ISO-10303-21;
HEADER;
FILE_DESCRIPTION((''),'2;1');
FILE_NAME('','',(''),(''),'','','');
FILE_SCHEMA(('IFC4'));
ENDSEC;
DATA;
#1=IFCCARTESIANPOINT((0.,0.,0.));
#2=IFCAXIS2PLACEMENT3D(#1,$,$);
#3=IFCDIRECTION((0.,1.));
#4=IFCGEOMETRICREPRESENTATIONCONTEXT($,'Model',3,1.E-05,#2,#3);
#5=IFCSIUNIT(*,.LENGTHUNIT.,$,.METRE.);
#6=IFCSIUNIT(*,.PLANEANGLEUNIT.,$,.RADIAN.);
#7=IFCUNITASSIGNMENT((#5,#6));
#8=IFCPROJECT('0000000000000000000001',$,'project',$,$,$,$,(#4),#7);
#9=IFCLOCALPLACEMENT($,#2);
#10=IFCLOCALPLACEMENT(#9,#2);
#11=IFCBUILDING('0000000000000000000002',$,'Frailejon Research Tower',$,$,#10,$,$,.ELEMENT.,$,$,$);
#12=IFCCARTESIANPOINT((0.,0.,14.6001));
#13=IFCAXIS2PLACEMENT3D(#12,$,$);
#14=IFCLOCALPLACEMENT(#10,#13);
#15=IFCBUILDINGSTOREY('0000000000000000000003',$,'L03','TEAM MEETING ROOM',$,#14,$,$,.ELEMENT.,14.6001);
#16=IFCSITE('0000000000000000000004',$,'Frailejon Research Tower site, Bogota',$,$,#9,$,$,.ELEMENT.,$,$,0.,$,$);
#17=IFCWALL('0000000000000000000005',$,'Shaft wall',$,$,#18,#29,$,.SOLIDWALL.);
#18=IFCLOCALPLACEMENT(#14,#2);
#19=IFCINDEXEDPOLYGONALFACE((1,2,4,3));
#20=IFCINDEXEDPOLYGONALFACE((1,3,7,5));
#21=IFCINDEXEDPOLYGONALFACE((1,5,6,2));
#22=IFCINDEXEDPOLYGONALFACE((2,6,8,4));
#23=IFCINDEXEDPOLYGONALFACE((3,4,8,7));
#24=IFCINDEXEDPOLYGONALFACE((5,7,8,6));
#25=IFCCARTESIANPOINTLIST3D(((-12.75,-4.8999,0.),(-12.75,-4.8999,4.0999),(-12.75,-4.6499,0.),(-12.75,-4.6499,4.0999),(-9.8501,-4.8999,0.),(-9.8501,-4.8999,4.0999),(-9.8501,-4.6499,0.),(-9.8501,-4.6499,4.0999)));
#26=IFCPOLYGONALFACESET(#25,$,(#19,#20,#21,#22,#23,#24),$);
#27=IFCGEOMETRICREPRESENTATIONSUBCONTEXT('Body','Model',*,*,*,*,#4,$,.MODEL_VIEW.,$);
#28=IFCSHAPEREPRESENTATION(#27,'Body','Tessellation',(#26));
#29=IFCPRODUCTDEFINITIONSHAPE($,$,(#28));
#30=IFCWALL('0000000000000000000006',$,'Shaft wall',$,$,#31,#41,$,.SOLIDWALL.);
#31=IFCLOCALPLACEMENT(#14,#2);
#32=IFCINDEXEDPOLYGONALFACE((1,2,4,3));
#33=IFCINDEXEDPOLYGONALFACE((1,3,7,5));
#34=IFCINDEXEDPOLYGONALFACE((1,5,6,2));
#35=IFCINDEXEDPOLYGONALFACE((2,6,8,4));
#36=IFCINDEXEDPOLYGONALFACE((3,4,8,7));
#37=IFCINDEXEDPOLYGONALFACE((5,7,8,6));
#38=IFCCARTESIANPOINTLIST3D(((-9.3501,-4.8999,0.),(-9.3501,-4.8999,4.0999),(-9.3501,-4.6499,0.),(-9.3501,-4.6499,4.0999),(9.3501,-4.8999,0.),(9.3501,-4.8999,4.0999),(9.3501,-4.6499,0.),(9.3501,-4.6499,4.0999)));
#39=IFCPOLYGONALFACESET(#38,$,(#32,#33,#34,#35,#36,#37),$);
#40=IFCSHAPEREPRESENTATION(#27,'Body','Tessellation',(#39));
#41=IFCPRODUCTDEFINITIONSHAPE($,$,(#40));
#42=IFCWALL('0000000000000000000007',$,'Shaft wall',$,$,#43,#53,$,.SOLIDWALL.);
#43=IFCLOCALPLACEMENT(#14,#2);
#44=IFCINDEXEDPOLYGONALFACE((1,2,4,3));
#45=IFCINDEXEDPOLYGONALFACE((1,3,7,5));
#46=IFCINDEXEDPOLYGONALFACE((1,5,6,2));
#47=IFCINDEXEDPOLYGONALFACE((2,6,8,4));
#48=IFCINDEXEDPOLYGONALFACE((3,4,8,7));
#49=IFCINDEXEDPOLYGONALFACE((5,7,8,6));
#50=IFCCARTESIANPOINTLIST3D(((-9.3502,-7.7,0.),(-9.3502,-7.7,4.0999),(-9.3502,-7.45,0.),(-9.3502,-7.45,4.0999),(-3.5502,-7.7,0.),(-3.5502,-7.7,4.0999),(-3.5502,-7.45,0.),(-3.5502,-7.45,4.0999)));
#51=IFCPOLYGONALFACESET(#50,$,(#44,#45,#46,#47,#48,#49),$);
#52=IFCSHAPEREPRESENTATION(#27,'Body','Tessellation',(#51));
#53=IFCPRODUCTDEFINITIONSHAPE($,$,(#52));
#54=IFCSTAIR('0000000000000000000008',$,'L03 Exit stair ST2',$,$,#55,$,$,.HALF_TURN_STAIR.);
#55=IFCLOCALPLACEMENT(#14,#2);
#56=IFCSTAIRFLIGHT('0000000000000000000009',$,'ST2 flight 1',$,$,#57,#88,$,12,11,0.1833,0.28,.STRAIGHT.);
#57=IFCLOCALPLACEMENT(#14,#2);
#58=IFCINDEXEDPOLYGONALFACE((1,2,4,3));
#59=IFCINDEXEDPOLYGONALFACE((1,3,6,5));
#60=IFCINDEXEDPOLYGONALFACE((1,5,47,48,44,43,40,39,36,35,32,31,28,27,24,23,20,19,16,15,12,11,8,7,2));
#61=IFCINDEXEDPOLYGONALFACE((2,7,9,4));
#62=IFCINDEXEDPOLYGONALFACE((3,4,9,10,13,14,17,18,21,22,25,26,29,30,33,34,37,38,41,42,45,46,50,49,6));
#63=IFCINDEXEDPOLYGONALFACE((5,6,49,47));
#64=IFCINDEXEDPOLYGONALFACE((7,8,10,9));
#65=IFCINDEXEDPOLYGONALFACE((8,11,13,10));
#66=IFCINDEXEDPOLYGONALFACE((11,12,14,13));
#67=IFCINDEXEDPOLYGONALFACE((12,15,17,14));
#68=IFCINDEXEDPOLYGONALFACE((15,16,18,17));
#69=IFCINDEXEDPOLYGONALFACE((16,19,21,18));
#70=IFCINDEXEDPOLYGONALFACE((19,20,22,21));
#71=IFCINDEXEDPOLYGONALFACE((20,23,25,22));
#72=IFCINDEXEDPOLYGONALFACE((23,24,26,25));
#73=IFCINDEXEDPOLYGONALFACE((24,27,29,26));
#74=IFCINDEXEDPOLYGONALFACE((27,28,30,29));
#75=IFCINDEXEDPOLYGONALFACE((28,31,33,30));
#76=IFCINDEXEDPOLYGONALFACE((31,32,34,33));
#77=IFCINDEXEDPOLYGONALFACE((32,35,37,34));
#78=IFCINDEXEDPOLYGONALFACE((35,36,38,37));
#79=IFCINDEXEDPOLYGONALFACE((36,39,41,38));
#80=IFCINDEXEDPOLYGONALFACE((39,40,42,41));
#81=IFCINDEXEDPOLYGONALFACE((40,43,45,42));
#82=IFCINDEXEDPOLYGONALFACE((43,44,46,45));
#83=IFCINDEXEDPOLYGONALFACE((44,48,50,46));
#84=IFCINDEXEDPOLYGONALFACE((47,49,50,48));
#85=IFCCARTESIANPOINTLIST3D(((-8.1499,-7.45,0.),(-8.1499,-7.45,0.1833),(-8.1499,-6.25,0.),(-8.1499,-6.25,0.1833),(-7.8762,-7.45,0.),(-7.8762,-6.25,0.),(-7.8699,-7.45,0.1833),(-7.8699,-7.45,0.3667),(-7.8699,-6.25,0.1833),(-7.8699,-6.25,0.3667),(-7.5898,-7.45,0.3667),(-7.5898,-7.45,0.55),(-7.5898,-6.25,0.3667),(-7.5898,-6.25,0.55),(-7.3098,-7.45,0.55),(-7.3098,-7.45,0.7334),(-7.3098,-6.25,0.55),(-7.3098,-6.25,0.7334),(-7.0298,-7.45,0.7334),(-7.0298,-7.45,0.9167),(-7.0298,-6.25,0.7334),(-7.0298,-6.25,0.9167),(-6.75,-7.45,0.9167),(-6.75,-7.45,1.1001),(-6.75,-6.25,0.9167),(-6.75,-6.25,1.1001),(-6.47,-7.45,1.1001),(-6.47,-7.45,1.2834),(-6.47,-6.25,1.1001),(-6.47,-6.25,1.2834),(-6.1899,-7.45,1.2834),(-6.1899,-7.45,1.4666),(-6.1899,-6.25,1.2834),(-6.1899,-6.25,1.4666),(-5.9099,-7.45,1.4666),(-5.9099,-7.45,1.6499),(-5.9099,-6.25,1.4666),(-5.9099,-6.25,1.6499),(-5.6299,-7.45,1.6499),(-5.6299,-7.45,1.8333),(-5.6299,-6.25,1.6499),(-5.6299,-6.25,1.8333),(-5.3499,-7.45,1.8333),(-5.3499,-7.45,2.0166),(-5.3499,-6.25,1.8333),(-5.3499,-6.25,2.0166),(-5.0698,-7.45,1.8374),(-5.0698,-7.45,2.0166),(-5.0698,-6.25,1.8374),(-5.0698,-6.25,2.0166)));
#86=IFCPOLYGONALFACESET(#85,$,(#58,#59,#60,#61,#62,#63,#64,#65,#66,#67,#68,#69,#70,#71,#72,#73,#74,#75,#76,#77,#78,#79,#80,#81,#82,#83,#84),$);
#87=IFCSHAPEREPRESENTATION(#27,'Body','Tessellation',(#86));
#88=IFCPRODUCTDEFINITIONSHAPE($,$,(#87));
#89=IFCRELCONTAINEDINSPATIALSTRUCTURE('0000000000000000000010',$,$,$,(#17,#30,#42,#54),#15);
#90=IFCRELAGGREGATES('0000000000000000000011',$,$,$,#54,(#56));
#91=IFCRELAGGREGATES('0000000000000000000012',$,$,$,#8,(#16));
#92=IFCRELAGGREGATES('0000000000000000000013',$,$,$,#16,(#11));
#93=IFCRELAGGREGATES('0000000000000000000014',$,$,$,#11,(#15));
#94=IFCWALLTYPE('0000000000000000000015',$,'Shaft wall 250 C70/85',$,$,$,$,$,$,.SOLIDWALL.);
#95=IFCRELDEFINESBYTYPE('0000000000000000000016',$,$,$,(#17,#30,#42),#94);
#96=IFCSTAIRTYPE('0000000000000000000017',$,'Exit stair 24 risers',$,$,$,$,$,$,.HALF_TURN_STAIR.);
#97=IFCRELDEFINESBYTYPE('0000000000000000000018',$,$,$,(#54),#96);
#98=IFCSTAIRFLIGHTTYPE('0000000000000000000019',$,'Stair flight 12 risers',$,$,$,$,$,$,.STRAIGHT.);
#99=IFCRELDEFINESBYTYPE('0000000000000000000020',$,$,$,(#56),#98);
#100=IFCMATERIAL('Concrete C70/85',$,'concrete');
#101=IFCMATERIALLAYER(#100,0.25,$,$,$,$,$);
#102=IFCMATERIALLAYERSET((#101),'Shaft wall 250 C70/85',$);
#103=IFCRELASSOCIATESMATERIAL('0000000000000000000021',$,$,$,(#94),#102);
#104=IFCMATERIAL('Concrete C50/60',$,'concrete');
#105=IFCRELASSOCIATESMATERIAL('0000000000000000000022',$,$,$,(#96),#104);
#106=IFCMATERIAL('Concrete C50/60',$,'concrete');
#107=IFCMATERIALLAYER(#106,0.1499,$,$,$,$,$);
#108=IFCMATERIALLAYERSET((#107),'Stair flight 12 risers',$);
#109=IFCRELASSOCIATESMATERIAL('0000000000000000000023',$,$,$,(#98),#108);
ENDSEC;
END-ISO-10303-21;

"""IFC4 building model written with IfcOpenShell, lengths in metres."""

from ifc_helpers import new_model, si_unit, direction, frame, frame_2d, origin, place, context, subcontext, project, spatial, polyline, rectangle, outline, extrude, material, layer, layer_set, type_object, element, aggregate, save


model = new_model("IFC4")

# Units and contexts
model_context = context("Model", 3, precision=1e-05, world=origin(), true_north=direction((0.0, 1.0)))
body_context = subcontext(model_context, "Body", "Model", "MODEL_VIEW")
ifc_project = project(units=[si_unit("LENGTHUNIT", "METRE"), si_unit("PLANEANGLEUNIT", "RADIAN")], contexts=[model_context])

# Site, building, storey
site_placement = place(None, origin())
site = spatial("IfcSite", under=ifc_project, at=site_placement, Name="Frailejon Research Tower site, Bogota", CompositionType="ELEMENT", RefElevation=0.0)
building_placement = place(site_placement, origin())
building = spatial("IfcBuilding", under=site, at=building_placement, Name="Frailejon Research Tower", CompositionType="ELEMENT")
storey_placement = place(building_placement, frame((0.0, 0.0, 14.6001)))
storey = spatial("IfcBuildingStorey", under=building, at=storey_placement, Name="L03", Description="TEAM MEETING ROOM", CompositionType="ELEMENT", Elevation=14.6001)

# Shared definitions
ifc_material_1 = material(Name="Concrete C70/85", Category="concrete")
ifc_layer_1 = layer(ifc_material_1, 0.25)
ifc_layer_set_1 = layer_set([ifc_layer_1], Name="Shaft wall 250 C70/85")
wall_type_1 = type_object("IfcWallType", Name="Shaft wall 250 C70/85", PredefinedType="SOLIDWALL", material=ifc_layer_set_1)

# Walls
wall_1_placement = place(storey_placement, frame((-12.75, -4.7749, 0.0), z_axis=(0.0, 0.0, 1.0), x_axis=(1.0, 0.0, 0.0)))
element("IfcWall", 1, at=wall_1_placement, inside=storey, type_object=wall_type_1, Name="Shaft wall", PredefinedType="SOLIDWALL", context=body_context, shape_type="SweptSolid", body=[
    extrude(rectangle(XDim=2.8999, YDim=0.25, at=frame_2d((1.45, 0.0))), origin(), (0.0, 0.0, 1.0), 4.0999),
])
wall_2_placement = place(storey_placement, frame((-9.3501, -4.7749, 0.0), z_axis=(0.0, 0.0, 1.0), x_axis=(1.0, 0.0, 0.0)))
element("IfcWall", 2, at=wall_2_placement, inside=storey, type_object=wall_type_1, Name="Shaft wall", PredefinedType="SOLIDWALL", context=body_context, shape_type="SweptSolid", body=[
    extrude(rectangle(XDim=18.7002, YDim=0.25, at=frame_2d((9.3501, 0.0))), origin(), (0.0, 0.0, 1.0), 4.0999),
])
wall_3_placement = place(storey_placement, frame((-9.3501, -7.575, 0.0), z_axis=(0.0, 0.0, 1.0), x_axis=(1.0, 0.0, 0.0)))
element("IfcWall", 3, at=wall_3_placement, inside=storey, type_object=wall_type_1, Name="Shaft wall", PredefinedType="SOLIDWALL", context=body_context, shape_type="SweptSolid", body=[
    extrude(rectangle(XDim=5.8, YDim=0.25, at=frame_2d((2.8999, 0.0))), origin(), (0.0, 0.0, 1.0), 4.0999),
])

# Stair, stair flight
ifc_material_2 = material(Name="Concrete C50/60", Category="concrete")
stair_type = type_object("IfcStairType", Name="Exit stair 24 risers", PredefinedType="HALF_TURN_STAIR", material=ifc_material_2)
stair_placement = place(storey_placement, origin())
stair = element("IfcStair", 4, at=stair_placement, inside=storey, type_object=stair_type, Name="L03 Exit stair ST2", PredefinedType="HALF_TURN_STAIR")
ifc_material_3 = material(Name="Concrete C50/60", Category="concrete")
ifc_layer_2 = layer(ifc_material_3, 0.1499)
ifc_layer_set_2 = layer_set([ifc_layer_2], Name="Stair flight 12 risers")
stair_flight_type = type_object("IfcStairFlightType", Name="Stair flight 12 risers", PredefinedType="STRAIGHT", material=ifc_layer_set_2)
stair_flight_placement = place(storey_placement, frame((-8.1499, -6.8501, 0.0), z_axis=(0.0, 0.0, 1.0), x_axis=(1.0, 0.0, 0.0)))
stair_flight = element("IfcStairFlight", 5, at=stair_flight_placement, type_object=stair_flight_type, Name="ST2 flight 1", NumberOfRisers=12, NumberOfTreads=11, PredefinedType="STRAIGHT", RiserHeight=0.1833, TreadLength=0.28, context=body_context, shape_type="SweptSolid", body=[
    extrude(outline(polyline([(0.0, 0.0), (0.0, 0.1833), (0.28, 0.1833), (0.28, 0.3667), (0.5601, 0.3667), (0.5601, 0.55), (0.8401, 0.55), (0.8401, 0.7334), (1.1201, 0.7334), (1.1201, 0.9167), (1.3999, 0.9167), (1.3999, 1.1001), (1.6799, 1.1001), (1.6799, 1.2834), (1.96, 1.2834), (1.96, 1.4666), (2.24, 1.4666), (2.24, 1.6499), (2.52, 1.6499), (2.52, 1.8333), (2.8, 1.8333), (2.8, 2.0166), (3.0801, 2.0166), (3.0801, 2.2), (3.0801, 1.8374), (0.2737, 0.0), (0.0, 0.0)])), frame((0.0, 0.6001, 0.0), z_axis=(0.0, -1.0, 0.0), x_axis=(1.0, 0.0, 0.0)), (0.0, 0.0, 1.0), 1.2),
])
aggregate(stair, [stair_flight])

save(model, "model.ifc")
